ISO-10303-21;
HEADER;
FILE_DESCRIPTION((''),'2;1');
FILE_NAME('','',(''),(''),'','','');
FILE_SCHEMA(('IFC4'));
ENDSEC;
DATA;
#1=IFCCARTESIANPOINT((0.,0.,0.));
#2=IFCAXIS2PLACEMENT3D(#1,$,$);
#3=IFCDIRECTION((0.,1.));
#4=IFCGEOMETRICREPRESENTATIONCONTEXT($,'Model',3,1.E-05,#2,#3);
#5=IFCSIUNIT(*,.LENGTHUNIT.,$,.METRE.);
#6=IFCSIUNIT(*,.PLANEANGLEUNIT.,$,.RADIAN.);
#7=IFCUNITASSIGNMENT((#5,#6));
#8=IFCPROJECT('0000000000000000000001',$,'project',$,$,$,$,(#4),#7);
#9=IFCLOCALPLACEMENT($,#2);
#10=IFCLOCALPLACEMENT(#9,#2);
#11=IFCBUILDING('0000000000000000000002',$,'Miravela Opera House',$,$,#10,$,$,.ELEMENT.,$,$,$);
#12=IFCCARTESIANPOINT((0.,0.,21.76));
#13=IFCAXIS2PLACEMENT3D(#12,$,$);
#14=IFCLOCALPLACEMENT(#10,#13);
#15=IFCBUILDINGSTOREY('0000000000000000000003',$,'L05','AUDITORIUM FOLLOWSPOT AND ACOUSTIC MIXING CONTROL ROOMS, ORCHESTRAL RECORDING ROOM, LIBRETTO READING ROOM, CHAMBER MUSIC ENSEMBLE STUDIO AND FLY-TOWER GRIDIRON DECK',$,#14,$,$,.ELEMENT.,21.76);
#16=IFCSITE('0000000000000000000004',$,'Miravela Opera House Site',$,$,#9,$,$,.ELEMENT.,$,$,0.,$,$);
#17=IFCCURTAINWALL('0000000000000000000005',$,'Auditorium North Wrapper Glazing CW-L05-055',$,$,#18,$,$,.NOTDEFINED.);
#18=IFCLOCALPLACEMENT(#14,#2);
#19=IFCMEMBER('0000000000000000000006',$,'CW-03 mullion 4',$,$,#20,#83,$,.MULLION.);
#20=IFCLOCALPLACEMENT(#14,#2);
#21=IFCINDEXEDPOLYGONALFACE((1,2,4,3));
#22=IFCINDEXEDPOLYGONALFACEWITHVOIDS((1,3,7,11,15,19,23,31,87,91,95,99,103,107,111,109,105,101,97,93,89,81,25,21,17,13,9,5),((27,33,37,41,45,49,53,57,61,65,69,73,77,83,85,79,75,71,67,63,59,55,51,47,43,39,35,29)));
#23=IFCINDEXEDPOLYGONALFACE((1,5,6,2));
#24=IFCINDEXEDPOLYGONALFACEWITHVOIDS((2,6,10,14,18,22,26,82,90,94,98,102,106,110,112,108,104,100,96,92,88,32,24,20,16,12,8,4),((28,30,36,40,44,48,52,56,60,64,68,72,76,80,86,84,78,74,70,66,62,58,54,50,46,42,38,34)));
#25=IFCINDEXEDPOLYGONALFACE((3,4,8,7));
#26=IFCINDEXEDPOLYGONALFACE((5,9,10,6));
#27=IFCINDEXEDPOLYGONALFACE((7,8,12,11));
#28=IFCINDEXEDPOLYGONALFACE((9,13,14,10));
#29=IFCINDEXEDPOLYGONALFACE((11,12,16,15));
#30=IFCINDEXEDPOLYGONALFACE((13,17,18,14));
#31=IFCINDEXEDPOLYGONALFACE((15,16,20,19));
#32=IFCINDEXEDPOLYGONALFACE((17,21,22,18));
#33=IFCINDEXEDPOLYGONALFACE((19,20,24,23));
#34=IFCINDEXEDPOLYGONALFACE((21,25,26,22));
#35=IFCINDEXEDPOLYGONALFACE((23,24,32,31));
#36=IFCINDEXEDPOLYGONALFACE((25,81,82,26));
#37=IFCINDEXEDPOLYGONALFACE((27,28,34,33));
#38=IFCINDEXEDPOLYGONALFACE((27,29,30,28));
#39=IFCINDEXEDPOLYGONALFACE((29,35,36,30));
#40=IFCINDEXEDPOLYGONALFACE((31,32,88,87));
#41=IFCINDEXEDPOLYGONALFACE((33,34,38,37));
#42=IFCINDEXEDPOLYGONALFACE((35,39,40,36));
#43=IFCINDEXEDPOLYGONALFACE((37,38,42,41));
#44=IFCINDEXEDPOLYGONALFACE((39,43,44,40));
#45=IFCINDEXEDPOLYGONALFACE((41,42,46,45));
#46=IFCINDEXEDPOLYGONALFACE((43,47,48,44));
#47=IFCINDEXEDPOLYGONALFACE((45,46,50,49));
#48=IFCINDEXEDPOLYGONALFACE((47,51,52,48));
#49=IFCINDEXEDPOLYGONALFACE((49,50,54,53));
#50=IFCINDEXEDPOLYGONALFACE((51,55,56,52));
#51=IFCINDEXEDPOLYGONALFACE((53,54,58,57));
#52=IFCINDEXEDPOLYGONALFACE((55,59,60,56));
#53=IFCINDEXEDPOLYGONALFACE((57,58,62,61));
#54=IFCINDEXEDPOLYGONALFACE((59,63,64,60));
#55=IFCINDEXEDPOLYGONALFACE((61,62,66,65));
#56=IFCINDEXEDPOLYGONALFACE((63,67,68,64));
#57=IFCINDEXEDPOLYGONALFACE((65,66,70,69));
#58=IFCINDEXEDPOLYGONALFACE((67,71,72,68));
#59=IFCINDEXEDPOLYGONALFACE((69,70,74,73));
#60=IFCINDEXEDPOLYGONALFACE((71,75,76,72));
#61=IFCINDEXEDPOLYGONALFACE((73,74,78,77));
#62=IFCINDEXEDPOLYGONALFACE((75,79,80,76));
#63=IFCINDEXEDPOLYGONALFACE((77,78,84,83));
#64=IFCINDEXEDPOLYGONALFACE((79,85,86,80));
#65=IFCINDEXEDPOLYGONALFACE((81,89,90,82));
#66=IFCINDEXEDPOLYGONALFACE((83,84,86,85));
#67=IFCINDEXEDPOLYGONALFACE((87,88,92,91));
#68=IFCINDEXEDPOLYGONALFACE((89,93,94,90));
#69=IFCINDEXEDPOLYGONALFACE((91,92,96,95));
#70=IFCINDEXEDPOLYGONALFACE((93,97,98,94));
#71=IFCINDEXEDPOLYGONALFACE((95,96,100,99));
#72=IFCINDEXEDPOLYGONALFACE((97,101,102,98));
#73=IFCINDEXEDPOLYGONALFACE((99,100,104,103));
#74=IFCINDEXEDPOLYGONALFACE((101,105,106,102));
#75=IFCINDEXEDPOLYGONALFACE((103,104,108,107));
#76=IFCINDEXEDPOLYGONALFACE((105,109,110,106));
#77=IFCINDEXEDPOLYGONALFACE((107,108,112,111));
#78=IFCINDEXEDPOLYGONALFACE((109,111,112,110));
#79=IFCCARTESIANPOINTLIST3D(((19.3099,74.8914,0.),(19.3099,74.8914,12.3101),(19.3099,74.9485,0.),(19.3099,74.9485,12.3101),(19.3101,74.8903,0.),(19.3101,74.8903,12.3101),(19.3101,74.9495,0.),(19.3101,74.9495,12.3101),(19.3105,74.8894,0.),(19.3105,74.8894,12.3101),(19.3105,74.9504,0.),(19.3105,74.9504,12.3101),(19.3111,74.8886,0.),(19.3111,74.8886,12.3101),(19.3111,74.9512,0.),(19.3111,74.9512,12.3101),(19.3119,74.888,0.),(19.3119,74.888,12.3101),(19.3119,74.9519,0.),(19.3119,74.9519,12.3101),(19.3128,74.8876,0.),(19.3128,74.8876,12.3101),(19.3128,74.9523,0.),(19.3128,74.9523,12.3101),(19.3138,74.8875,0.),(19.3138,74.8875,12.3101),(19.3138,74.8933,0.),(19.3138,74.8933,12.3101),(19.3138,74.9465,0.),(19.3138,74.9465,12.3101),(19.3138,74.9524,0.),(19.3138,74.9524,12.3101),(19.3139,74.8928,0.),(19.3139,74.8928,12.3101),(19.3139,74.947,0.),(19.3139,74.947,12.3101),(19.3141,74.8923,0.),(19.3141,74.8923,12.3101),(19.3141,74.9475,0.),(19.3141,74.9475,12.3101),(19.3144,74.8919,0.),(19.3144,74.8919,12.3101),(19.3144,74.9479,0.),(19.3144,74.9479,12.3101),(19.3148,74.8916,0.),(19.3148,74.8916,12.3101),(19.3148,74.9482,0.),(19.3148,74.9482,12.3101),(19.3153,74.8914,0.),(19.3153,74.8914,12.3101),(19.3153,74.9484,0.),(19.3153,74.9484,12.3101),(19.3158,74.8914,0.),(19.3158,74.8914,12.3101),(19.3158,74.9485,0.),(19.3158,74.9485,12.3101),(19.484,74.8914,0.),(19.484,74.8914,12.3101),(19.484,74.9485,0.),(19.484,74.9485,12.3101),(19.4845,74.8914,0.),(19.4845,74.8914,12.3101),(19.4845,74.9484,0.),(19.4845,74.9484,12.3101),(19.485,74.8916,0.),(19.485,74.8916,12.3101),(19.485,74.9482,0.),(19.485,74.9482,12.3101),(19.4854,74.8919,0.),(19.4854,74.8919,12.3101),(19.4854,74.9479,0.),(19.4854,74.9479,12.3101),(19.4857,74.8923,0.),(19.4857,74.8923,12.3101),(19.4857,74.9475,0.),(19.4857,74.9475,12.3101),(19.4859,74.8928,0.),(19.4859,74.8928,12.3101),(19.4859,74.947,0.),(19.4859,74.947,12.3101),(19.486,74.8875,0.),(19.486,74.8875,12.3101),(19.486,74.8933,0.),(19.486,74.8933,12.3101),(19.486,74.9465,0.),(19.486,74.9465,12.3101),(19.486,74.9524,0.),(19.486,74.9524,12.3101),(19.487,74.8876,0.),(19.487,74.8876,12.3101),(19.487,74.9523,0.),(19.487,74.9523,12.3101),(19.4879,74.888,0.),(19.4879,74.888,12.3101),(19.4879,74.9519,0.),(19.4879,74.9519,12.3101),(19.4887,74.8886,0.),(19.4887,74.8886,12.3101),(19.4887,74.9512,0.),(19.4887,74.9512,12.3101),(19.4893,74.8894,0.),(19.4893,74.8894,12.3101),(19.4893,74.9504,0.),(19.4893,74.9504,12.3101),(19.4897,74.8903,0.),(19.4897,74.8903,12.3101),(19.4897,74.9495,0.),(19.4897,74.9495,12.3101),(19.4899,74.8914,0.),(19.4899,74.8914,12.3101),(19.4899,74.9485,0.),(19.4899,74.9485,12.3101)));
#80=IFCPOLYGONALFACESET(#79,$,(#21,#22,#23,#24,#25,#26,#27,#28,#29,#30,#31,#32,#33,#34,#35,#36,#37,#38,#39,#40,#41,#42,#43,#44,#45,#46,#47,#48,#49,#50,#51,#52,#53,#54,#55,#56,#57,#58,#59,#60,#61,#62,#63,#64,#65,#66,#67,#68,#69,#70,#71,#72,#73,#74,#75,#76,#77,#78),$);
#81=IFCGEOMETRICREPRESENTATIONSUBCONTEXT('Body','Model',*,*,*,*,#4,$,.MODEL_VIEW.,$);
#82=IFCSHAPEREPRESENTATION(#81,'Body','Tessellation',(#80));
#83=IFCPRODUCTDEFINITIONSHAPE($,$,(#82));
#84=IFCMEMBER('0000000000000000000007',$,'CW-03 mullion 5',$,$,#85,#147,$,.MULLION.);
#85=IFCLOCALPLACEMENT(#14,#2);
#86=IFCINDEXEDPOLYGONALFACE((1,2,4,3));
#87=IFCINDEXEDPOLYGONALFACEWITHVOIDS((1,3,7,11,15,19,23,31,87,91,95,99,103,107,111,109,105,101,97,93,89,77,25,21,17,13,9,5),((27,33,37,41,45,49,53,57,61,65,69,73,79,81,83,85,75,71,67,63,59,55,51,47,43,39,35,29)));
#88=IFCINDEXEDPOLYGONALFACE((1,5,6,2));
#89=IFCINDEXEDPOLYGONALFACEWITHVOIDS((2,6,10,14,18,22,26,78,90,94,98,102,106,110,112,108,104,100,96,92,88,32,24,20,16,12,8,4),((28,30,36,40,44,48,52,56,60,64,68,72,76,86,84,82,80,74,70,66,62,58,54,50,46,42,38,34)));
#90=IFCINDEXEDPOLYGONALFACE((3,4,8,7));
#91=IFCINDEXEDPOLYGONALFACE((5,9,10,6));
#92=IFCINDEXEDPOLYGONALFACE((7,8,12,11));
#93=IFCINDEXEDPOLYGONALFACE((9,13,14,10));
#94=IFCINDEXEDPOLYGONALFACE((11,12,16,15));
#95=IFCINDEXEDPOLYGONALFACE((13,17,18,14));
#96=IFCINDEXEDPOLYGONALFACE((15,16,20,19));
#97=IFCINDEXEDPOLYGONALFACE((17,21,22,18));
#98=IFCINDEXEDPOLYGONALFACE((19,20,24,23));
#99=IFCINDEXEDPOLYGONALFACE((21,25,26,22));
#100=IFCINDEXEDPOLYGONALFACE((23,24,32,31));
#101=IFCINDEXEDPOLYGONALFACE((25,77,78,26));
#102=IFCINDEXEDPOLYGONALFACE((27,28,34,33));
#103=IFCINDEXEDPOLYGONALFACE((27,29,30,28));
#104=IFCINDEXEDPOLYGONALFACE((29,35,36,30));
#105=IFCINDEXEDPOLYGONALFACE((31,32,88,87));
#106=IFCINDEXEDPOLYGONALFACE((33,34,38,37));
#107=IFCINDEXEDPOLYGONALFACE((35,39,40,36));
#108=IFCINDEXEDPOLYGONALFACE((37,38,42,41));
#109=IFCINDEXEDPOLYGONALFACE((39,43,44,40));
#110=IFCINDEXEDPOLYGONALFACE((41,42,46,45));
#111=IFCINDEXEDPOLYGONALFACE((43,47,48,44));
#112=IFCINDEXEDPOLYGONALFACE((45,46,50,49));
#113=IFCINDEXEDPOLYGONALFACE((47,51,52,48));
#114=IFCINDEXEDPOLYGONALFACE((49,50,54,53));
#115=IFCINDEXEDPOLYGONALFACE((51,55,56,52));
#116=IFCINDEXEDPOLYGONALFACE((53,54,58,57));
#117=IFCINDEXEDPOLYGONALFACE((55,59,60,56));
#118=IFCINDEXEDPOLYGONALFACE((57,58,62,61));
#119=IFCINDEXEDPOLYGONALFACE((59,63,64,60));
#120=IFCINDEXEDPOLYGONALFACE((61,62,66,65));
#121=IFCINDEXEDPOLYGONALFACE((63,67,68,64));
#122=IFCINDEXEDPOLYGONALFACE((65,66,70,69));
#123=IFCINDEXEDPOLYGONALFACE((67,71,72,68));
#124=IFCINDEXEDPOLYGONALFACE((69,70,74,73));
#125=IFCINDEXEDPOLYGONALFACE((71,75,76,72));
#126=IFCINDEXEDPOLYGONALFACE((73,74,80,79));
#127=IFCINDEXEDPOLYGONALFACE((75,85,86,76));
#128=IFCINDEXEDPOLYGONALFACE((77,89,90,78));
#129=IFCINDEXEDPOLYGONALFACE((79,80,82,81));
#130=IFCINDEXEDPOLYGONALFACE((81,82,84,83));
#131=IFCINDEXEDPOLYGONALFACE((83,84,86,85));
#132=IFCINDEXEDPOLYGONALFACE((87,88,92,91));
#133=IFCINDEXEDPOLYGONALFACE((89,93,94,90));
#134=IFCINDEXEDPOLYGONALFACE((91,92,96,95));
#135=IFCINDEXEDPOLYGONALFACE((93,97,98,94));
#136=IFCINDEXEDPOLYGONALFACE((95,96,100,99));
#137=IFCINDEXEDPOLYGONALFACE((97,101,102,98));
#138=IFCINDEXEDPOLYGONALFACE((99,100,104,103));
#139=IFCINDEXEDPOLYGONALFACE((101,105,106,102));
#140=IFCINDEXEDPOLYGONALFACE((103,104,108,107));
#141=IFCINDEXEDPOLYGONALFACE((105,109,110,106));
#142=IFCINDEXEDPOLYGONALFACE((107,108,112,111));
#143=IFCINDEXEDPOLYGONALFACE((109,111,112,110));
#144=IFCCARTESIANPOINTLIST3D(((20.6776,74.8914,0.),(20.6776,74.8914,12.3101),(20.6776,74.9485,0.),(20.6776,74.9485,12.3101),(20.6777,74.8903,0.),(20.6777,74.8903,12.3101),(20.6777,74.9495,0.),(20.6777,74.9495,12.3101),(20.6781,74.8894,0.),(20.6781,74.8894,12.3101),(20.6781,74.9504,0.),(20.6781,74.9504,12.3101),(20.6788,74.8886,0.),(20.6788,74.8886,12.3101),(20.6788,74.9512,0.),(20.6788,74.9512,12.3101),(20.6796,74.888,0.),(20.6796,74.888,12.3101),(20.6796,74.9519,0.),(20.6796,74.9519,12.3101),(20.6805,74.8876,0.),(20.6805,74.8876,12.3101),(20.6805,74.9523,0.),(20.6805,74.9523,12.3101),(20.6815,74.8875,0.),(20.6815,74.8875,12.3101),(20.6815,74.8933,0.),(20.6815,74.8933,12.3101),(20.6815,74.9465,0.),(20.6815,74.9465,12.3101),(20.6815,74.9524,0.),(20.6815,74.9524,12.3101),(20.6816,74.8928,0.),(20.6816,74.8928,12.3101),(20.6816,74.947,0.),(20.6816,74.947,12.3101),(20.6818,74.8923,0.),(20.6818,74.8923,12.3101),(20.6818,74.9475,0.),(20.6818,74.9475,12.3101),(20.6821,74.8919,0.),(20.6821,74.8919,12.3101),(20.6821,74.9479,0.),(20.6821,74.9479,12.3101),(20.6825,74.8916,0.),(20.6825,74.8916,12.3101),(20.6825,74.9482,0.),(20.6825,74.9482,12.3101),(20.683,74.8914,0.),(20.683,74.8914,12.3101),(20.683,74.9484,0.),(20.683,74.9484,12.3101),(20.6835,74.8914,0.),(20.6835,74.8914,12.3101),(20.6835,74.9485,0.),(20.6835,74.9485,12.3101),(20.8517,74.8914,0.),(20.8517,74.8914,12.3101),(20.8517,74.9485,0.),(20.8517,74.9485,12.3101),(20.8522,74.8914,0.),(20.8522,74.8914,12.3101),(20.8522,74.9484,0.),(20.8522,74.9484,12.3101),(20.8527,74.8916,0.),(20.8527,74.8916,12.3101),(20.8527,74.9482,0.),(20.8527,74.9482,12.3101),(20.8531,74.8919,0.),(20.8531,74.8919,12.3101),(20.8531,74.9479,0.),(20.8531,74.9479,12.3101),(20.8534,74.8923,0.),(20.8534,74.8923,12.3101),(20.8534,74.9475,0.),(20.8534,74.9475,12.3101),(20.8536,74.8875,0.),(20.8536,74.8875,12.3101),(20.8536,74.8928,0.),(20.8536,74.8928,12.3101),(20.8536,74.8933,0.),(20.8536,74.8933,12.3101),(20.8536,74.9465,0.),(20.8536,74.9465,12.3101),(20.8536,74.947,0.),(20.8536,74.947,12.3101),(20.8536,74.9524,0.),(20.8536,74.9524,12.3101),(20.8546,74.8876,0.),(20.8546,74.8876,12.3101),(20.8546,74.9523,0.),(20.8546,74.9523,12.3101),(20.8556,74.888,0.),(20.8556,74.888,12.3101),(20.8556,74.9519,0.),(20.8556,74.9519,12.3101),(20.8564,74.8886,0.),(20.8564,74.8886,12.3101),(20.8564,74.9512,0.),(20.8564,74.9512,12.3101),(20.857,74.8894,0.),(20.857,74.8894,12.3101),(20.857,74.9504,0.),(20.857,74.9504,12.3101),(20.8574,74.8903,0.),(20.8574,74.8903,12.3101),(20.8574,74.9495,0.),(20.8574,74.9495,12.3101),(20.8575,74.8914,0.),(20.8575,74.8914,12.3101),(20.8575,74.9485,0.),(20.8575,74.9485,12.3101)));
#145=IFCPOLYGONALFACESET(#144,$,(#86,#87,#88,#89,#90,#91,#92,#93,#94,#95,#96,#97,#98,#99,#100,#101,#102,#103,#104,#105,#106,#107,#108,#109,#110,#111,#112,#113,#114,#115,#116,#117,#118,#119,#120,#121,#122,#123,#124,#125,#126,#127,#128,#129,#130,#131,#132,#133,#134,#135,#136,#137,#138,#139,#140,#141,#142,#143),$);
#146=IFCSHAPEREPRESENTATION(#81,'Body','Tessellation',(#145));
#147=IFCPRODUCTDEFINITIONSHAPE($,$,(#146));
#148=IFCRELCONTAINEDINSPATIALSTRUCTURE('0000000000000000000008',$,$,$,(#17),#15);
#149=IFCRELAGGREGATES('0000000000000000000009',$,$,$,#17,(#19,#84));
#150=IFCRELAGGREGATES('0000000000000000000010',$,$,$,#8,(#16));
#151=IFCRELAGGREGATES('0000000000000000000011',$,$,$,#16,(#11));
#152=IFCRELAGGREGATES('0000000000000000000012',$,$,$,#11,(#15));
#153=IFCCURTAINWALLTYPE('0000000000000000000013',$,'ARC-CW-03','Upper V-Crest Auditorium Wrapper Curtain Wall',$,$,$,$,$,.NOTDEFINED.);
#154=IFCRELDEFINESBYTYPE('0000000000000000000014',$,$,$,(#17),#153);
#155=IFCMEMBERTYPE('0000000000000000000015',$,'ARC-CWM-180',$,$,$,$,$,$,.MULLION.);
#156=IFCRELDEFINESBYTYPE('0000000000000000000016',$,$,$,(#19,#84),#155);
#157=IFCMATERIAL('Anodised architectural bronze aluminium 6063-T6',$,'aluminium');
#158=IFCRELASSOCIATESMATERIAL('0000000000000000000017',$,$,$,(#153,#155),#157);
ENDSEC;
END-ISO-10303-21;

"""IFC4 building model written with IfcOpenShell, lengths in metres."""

from ifc_helpers import new_model, si_unit, direction, frame, origin, origin_2d, place, context, subcontext, project, spatial, hollow_rectangle, extrude, material, material_profile, profile_set, type_object, element, aggregate, save


model = new_model("IFC4")

# Units and contexts
model_context = context("Model", 3, precision=1e-05, world=origin(), true_north=direction((0.0, 1.0)))
body_context = subcontext(model_context, "Body", "Model", "MODEL_VIEW")
ifc_project = project(units=[si_unit("LENGTHUNIT", "METRE"), si_unit("PLANEANGLEUNIT", "RADIAN")], contexts=[model_context])

# Site, building, storey
site_placement = place(None, origin())
site = spatial("IfcSite", under=ifc_project, at=site_placement, Name="Miravela Opera House Site", CompositionType="ELEMENT", RefElevation=0.0)
building_placement = place(site_placement, origin())
building = spatial("IfcBuilding", under=site, at=building_placement, Name="Miravela Opera House", CompositionType="ELEMENT")
storey_placement = place(building_placement, frame((0.0, 0.0, 21.76)))
storey = spatial("IfcBuildingStorey", under=building, at=storey_placement, Name="L05", Description="AUDITORIUM FOLLOWSPOT AND ACOUSTIC MIXING CONTROL ROOMS, ORCHESTRAL RECORDING ROOM, LIBRETTO READING ROOM, CHAMBER MUSIC ENSEMBLE STUDIO AND FLY-TOWER GRIDIRON DECK", CompositionType="ELEMENT", Elevation=21.76)

# Curtain wall, members
ifc_material_1 = material(Name="Anodised architectural bronze aluminium 6063-T6", Category="aluminium")
curtain_wall_type = type_object("IfcCurtainWallType", Name="ARC-CW-03", Description="Upper V-Crest Auditorium Wrapper Curtain Wall", PredefinedType="NOTDEFINED", material=ifc_material_1)
curtain_wall_1_placement = place(storey_placement, origin())
curtain_wall_1 = element("IfcCurtainWall", 1, at=curtain_wall_1_placement, inside=storey, type_object=curtain_wall_type, Name="Auditorium North Wrapper Glazing CW-L05-055", PredefinedType="NOTDEFINED")
ifc_material_profile_1 = material_profile(ifc_material_1, hollow_rectangle(XDim=0.0649, YDim=0.1799, WallThickness=0.0039, InnerFilletRadius=0.002, OuterFilletRadius=0.0039, at=origin_2d()), Name="CWM-65X180")
ifc_profile_set_1 = profile_set([ifc_material_profile_1])
member_type_1 = type_object("IfcMemberType", Name="ARC-CWM-180", PredefinedType="MULLION", material=ifc_profile_set_1)
member_1_placement = place(storey_placement, frame((19.3999, 74.9199, 0.0), z_axis=(0.0, 0.0, 1.0), x_axis=(0.0, 1.0, 0.0)))
member_1 = element("IfcMember", 2, at=member_1_placement, type_object=member_type_1, Name="CW-03 mullion 4", PredefinedType="MULLION", context=body_context, shape_type="SweptSolid", body=[
    extrude(hollow_rectangle(XDim=0.0649, YDim=0.1799, WallThickness=0.0039, InnerFilletRadius=0.002, OuterFilletRadius=0.0039, at=origin_2d()), origin(), (0.0, 0.0, 1.0), 12.3101),
])
member_2_placement = place(storey_placement, frame((20.7676, 74.9199, 0.0), z_axis=(0.0, 0.0, 1.0), x_axis=(0.0, 1.0, 0.0)))
member_2 = element("IfcMember", 3, at=member_2_placement, type_object=member_type_1, Name="CW-03 mullion 5", PredefinedType="MULLION", context=body_context, shape_type="SweptSolid", body=[
    extrude(hollow_rectangle(XDim=0.0649, YDim=0.1799, WallThickness=0.0039, InnerFilletRadius=0.002, OuterFilletRadius=0.0039, at=origin_2d()), origin(), (0.0, 0.0, 1.0), 12.3101),
])

aggregate(curtain_wall_1, [member_1, member_2])

save(model, "model.ifc")
